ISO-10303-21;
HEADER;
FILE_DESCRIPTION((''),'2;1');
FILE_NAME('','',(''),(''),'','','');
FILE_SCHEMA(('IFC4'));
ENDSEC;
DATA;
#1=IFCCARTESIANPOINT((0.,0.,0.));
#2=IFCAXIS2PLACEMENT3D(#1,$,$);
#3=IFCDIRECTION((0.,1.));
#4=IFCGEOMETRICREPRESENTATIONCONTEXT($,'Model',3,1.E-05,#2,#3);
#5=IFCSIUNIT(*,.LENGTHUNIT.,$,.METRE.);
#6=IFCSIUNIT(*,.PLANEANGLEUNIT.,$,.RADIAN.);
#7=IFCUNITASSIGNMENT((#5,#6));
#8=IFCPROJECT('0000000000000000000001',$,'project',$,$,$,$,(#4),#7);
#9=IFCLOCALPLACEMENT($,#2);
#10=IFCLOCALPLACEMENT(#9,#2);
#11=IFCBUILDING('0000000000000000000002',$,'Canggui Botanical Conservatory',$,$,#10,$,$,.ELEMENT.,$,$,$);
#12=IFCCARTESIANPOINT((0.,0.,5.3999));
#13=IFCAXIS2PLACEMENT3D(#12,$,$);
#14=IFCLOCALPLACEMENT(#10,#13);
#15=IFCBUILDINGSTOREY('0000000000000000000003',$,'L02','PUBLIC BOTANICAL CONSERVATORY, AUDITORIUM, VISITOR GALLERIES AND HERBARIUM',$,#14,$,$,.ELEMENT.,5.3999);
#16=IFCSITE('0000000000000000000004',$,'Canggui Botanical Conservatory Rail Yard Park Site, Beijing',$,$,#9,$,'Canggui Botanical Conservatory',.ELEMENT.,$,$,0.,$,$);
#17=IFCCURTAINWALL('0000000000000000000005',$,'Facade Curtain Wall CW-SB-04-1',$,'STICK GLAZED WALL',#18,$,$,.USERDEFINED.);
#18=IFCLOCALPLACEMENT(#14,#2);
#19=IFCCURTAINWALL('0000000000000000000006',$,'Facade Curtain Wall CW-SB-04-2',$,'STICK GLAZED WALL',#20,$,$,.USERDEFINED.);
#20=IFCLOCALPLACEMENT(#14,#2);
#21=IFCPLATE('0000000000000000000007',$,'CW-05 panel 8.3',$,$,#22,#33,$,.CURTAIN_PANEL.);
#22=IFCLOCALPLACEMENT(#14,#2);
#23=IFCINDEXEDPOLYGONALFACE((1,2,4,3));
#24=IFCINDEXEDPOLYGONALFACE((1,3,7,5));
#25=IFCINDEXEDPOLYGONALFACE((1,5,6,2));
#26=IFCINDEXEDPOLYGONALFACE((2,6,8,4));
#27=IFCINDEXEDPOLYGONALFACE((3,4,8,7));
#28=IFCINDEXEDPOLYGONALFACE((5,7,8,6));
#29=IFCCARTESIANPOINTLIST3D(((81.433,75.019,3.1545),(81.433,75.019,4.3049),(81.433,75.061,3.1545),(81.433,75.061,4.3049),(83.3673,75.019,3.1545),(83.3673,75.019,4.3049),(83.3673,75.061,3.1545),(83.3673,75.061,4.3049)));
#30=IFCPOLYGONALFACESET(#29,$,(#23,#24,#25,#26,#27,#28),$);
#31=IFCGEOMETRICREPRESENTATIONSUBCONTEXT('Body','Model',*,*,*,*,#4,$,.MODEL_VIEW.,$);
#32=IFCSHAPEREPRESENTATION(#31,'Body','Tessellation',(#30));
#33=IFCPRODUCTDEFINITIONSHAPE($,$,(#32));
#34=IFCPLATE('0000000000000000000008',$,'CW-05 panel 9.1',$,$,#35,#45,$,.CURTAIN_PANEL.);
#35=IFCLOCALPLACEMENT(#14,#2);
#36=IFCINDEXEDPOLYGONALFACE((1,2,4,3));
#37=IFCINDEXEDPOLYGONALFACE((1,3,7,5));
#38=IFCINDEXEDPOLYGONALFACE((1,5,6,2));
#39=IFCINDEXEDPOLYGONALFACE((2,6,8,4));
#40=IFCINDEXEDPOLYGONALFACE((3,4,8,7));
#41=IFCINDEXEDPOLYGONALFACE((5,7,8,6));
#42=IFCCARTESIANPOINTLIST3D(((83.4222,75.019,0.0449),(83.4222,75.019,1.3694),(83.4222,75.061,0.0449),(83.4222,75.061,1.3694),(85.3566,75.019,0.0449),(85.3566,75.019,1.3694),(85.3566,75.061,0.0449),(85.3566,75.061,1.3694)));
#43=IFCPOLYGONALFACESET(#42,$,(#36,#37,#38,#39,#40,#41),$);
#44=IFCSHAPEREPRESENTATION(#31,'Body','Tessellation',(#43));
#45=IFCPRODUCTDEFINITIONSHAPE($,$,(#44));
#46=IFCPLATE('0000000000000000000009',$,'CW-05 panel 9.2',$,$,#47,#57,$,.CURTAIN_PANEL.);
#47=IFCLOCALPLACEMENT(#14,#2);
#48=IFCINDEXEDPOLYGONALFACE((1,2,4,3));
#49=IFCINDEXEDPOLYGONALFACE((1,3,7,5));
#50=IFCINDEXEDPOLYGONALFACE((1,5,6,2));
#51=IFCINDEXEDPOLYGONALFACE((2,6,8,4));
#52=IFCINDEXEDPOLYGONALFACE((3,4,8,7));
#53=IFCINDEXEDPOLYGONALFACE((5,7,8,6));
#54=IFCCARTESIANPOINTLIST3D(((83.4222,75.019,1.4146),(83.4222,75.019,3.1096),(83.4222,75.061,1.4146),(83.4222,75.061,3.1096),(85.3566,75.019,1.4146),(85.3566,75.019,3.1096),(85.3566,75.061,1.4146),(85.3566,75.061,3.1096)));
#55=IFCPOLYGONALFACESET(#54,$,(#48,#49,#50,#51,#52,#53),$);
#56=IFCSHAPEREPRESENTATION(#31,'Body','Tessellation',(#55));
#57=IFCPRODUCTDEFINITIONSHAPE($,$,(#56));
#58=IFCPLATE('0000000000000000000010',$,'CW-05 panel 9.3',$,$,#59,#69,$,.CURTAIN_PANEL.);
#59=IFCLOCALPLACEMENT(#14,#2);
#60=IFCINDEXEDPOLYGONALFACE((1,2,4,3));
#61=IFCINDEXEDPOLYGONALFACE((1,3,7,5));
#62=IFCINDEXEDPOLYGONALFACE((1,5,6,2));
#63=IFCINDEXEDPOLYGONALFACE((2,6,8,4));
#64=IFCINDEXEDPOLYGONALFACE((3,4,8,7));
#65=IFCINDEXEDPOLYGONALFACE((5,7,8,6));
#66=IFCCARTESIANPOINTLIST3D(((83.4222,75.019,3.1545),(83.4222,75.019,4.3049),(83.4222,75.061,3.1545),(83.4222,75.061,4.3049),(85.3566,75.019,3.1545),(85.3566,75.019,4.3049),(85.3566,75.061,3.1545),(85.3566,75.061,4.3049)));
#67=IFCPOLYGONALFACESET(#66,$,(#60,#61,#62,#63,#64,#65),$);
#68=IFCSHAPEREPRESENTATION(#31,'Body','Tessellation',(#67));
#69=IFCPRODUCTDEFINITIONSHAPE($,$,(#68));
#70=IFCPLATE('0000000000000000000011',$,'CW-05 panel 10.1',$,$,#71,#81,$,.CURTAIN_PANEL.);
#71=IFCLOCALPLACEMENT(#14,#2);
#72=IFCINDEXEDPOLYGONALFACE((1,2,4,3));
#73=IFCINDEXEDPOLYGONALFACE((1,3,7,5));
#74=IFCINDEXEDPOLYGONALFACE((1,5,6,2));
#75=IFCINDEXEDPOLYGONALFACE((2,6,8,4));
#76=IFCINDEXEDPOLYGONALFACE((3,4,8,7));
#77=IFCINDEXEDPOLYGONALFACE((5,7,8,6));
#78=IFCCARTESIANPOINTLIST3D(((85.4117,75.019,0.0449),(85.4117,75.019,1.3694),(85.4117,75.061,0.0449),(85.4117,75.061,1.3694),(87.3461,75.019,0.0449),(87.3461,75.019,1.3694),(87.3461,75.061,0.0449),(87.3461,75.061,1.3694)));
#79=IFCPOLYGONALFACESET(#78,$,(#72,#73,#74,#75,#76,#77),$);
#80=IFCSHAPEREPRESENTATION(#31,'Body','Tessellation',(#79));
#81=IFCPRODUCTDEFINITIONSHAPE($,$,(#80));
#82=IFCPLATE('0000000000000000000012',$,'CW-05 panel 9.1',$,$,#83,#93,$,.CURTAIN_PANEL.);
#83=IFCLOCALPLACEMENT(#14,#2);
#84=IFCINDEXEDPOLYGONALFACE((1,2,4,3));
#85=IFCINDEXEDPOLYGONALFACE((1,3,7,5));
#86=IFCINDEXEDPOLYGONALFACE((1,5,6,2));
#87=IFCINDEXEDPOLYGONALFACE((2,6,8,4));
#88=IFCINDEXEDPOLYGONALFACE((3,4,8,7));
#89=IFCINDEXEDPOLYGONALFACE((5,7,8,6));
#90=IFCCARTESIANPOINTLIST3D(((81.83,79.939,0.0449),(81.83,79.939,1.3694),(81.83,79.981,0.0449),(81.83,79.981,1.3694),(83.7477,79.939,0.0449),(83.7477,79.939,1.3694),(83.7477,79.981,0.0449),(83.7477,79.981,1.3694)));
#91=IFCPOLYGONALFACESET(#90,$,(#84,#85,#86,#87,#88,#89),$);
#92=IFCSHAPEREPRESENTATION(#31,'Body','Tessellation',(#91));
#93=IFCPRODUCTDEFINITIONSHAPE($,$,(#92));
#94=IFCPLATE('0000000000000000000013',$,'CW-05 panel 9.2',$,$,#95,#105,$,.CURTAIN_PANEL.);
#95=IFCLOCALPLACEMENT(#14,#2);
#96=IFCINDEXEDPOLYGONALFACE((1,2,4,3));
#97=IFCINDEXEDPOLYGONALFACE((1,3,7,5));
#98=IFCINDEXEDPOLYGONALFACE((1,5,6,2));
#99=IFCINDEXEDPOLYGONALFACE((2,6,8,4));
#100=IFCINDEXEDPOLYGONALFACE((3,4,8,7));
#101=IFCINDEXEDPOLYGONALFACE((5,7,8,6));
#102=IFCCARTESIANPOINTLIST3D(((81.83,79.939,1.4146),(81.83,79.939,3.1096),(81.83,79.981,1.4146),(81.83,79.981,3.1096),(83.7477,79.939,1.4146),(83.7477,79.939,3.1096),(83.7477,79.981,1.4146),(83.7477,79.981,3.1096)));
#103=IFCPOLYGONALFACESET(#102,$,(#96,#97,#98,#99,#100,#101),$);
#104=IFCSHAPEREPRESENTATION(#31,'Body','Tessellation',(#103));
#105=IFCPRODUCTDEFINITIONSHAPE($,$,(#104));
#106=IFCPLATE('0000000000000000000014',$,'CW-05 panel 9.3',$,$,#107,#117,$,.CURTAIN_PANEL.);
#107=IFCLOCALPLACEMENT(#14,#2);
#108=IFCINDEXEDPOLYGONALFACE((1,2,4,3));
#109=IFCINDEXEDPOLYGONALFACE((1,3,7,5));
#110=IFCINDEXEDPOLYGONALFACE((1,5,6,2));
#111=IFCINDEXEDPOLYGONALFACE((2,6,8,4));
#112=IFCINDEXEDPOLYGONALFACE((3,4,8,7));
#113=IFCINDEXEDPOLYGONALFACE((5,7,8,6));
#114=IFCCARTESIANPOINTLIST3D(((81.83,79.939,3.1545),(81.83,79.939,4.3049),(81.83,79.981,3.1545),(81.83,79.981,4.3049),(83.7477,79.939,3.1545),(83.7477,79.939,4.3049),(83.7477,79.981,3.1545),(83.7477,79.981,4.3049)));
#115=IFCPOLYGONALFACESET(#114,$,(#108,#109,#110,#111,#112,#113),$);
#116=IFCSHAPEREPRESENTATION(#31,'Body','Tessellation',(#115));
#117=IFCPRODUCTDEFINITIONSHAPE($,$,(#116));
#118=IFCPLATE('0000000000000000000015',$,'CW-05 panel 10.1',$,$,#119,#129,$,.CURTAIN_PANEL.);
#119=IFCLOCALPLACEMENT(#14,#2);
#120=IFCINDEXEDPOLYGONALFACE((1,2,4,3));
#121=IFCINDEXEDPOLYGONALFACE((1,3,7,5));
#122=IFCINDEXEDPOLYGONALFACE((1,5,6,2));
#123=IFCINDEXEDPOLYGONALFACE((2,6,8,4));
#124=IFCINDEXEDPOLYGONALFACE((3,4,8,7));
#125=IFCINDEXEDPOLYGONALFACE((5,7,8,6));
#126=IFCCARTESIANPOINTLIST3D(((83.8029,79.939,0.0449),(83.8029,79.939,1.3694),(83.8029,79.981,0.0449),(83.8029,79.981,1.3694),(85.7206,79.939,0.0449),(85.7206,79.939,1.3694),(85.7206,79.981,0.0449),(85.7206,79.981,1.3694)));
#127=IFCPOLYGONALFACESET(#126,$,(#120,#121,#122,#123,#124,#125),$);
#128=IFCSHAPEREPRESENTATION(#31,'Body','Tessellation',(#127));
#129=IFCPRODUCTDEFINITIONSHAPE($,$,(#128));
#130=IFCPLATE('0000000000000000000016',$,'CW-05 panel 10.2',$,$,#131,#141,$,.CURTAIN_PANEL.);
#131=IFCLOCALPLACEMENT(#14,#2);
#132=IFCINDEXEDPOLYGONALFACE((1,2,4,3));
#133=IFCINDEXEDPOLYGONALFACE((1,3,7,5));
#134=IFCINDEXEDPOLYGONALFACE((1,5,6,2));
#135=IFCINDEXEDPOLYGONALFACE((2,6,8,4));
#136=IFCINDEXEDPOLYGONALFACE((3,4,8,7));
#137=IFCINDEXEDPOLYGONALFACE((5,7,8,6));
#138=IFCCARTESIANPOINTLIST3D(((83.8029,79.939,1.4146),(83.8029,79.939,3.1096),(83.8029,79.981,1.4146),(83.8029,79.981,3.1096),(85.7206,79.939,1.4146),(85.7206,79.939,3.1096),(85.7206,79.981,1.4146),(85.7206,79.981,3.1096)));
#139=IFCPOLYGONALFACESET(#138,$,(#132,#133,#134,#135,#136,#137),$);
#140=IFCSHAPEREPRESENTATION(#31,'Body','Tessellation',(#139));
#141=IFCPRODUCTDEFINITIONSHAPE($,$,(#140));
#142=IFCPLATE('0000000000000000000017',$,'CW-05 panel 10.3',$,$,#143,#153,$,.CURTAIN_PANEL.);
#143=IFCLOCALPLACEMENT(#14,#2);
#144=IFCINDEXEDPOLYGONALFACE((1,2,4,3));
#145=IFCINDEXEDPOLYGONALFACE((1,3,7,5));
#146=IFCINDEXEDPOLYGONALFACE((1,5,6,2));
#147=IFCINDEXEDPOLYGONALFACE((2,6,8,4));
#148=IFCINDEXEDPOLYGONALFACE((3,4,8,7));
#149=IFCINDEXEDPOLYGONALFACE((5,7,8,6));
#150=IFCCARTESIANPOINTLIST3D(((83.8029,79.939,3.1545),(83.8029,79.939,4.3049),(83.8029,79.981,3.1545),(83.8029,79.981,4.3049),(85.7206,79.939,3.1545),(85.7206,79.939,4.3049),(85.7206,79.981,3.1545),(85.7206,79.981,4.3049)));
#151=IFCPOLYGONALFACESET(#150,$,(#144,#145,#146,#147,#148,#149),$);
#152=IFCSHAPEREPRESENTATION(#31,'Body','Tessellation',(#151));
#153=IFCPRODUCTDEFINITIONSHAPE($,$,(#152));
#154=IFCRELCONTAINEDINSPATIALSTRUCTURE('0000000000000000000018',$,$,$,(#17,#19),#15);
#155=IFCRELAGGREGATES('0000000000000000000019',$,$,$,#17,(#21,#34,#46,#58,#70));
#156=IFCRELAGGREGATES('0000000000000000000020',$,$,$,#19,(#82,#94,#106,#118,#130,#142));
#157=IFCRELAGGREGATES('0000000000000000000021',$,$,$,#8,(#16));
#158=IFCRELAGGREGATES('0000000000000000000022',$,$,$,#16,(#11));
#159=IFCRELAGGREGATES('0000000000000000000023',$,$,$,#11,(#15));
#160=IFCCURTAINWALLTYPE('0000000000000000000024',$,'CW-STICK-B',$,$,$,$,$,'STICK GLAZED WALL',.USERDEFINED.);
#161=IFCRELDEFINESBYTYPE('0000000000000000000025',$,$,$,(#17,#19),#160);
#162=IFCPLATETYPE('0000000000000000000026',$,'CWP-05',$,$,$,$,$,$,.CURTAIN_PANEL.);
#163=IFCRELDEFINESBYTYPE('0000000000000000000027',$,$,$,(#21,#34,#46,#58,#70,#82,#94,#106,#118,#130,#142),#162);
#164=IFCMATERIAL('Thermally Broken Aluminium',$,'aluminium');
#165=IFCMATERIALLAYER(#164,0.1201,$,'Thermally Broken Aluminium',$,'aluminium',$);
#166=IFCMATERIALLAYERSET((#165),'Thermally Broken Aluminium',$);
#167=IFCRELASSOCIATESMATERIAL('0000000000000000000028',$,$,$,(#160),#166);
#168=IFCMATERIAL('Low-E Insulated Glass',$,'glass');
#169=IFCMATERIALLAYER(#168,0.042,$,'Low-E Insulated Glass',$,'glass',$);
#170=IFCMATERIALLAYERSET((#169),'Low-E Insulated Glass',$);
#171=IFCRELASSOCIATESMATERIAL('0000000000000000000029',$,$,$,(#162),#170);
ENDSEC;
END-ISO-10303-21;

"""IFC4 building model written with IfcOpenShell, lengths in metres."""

from ifc_helpers import new_model, si_unit, direction, frame, origin, origin_2d, place, context, subcontext, project, spatial, rectangle, extrude, material, layer, layer_set, type_object, element, aggregate, save


model = new_model("IFC4")

# Units and contexts
model_context = context("Model", 3, precision=1e-05, world=origin(), true_north=direction((0.0, 1.0)))
body_context = subcontext(model_context, "Body", "Model", "MODEL_VIEW")
ifc_project = project(units=[si_unit("LENGTHUNIT", "METRE"), si_unit("PLANEANGLEUNIT", "RADIAN")], contexts=[model_context])

# Site, building, storey
site_placement = place(None, origin())
site = spatial("IfcSite", under=ifc_project, at=site_placement, Name="Canggui Botanical Conservatory Rail Yard Park Site, Beijing", LongName="Canggui Botanical Conservatory", CompositionType="ELEMENT", RefElevation=0.0)
building_placement = place(site_placement, origin())
building = spatial("IfcBuilding", under=site, at=building_placement, Name="Canggui Botanical Conservatory", CompositionType="ELEMENT")
storey_placement = place(building_placement, frame((0.0, 0.0, 5.3999)))
storey = spatial("IfcBuildingStorey", under=building, at=storey_placement, Name="L02", Description="PUBLIC BOTANICAL CONSERVATORY, AUDITORIUM, VISITOR GALLERIES AND HERBARIUM", CompositionType="ELEMENT", Elevation=5.3999)

# Curtain walls
ifc_material_1 = material(Name="Thermally Broken Aluminium", Category="aluminium")
ifc_layer_1 = layer(ifc_material_1, 0.1201, Name="Thermally Broken Aluminium", Category="aluminium")
ifc_layer_set_1 = layer_set([ifc_layer_1], Name="Thermally Broken Aluminium")
curtain_wall_type = type_object("IfcCurtainWallType", Name="CW-STICK-B", ElementType="STICK GLAZED WALL", PredefinedType="USERDEFINED", material=ifc_layer_set_1)
curtain_wall_1_placement = place(storey_placement, origin())
curtain_wall_1 = element("IfcCurtainWall", 1, at=curtain_wall_1_placement, inside=storey, type_object=curtain_wall_type, Name="Facade Curtain Wall CW-SB-04-1", ObjectType="STICK GLAZED WALL", PredefinedType="USERDEFINED")
curtain_wall_2_placement = place(storey_placement, origin())
curtain_wall_2 = element("IfcCurtainWall", 2, at=curtain_wall_2_placement, inside=storey, type_object=curtain_wall_type, Name="Facade Curtain Wall CW-SB-04-2", ObjectType="STICK GLAZED WALL", PredefinedType="USERDEFINED")

# Plates
ifc_material_2 = material(Name="Low-E Insulated Glass", Category="glass")
ifc_layer_2 = layer(ifc_material_2, 0.042, Name="Low-E Insulated Glass", Category="glass")
ifc_layer_set_2 = layer_set([ifc_layer_2], Name="Low-E Insulated Glass")
plate_type = type_object("IfcPlateType", Name="CWP-05", PredefinedType="CURTAIN_PANEL", material=ifc_layer_set_2)
plate_1_placement = place(storey_placement, frame((82.4001, 75.04, 3.1545), z_axis=(0.0, 0.0, 1.0), x_axis=(1.0, 0.0, 0.0)))
plate_1 = element("IfcPlate", 3, at=plate_1_placement, type_object=plate_type, Name="CW-05 panel 8.3", PredefinedType="CURTAIN_PANEL", context=body_context, shape_type="SweptSolid", body=[
    extrude(rectangle(XDim=1.9343, YDim=0.042, at=origin_2d()), origin(), (0.0, 0.0, 1.0), 1.1504),
])
plate_2_placement = place(storey_placement, frame((84.3894, 75.04, 0.0449), z_axis=(0.0, 0.0, 1.0), x_axis=(1.0, 0.0, 0.0)))
plate_2 = element("IfcPlate", 4, at=plate_2_placement, type_object=plate_type, Name="CW-05 panel 9.1", PredefinedType="CURTAIN_PANEL", context=body_context, shape_type="SweptSolid", body=[
    extrude(rectangle(XDim=1.9343, YDim=0.042, at=origin_2d()), origin(), (0.0, 0.0, 1.0), 1.3245),
])
plate_3_placement = place(storey_placement, frame((84.3894, 75.04, 1.4146), z_axis=(0.0, 0.0, 1.0), x_axis=(1.0, 0.0, 0.0)))
plate_3 = element("IfcPlate", 5, at=plate_3_placement, type_object=plate_type, Name="CW-05 panel 9.2", PredefinedType="CURTAIN_PANEL", context=body_context, shape_type="SweptSolid", body=[
    extrude(rectangle(XDim=1.9343, YDim=0.042, at=origin_2d()), origin(), (0.0, 0.0, 1.0), 1.6951),
])
plate_4_placement = place(storey_placement, frame((84.3894, 75.04, 3.1545), z_axis=(0.0, 0.0, 1.0), x_axis=(1.0, 0.0, 0.0)))
plate_4 = element("IfcPlate", 6, at=plate_4_placement, type_object=plate_type, Name="CW-05 panel 9.3", PredefinedType="CURTAIN_PANEL", context=body_context, shape_type="SweptSolid", body=[
    extrude(rectangle(XDim=1.9343, YDim=0.042, at=origin_2d()), origin(), (0.0, 0.0, 1.0), 1.1504),
])
plate_5_placement = place(storey_placement, frame((86.3789, 75.04, 0.0449), z_axis=(0.0, 0.0, 1.0), x_axis=(1.0, 0.0, 0.0)))
plate_5 = element("IfcPlate", 7, at=plate_5_placement, type_object=plate_type, Name="CW-05 panel 10.1", PredefinedType="CURTAIN_PANEL", context=body_context, shape_type="SweptSolid", body=[
    extrude(rectangle(XDim=1.9343, YDim=0.042, at=origin_2d()), origin(), (0.0, 0.0, 1.0), 1.3245),
])
aggregate(curtain_wall_1, [plate_1, plate_2, plate_3, plate_4, plate_5])
plate_6_placement = place(storey_placement, frame((82.7888, 79.96, 0.0449), z_axis=(0.0, 0.0, 1.0), x_axis=(1.0, 0.0, 0.0)))
plate_6 = element("IfcPlate", 8, at=plate_6_placement, type_object=plate_type, Name="CW-05 panel 9.1", PredefinedType="CURTAIN_PANEL", context=body_context, shape_type="SweptSolid", body=[
    extrude(rectangle(XDim=1.9177, YDim=0.042, at=origin_2d()), origin(), (0.0, 0.0, 1.0), 1.3245),
])
plate_7_placement = place(storey_placement, frame((82.7888, 79.96, 1.4146), z_axis=(0.0, 0.0, 1.0), x_axis=(1.0, 0.0, 0.0)))
plate_7 = element("IfcPlate", 9, at=plate_7_placement, type_object=plate_type, Name="CW-05 panel 9.2", PredefinedType="CURTAIN_PANEL", context=body_context, shape_type="SweptSolid", body=[
    extrude(rectangle(XDim=1.9177, YDim=0.042, at=origin_2d()), origin(), (0.0, 0.0, 1.0), 1.6951),
])
plate_8_placement = place(storey_placement, frame((82.7888, 79.96, 3.1545), z_axis=(0.0, 0.0, 1.0), x_axis=(1.0, 0.0, 0.0)))
plate_8 = element("IfcPlate", 10, at=plate_8_placement, type_object=plate_type, Name="CW-05 panel 9.3", PredefinedType="CURTAIN_PANEL", context=body_context, shape_type="SweptSolid", body=[
    extrude(rectangle(XDim=1.9177, YDim=0.042, at=origin_2d()), origin(), (0.0, 0.0, 1.0), 1.1504),
])
plate_9_placement = place(storey_placement, frame((84.7617, 79.96, 0.0449), z_axis=(0.0, 0.0, 1.0), x_axis=(1.0, 0.0, 0.0)))
plate_9 = element("IfcPlate", 11, at=plate_9_placement, type_object=plate_type, Name="CW-05 panel 10.1", PredefinedType="CURTAIN_PANEL", context=body_context, shape_type="SweptSolid", body=[
    extrude(rectangle(XDim=1.9177, YDim=0.042, at=origin_2d()), origin(), (0.0, 0.0, 1.0), 1.3245),
])
plate_10_placement = place(storey_placement, frame((84.7617, 79.96, 1.4146), z_axis=(0.0, 0.0, 1.0), x_axis=(1.0, 0.0, 0.0)))
plate_10 = element("IfcPlate", 12, at=plate_10_placement, type_object=plate_type, Name="CW-05 panel 10.2", PredefinedType="CURTAIN_PANEL", context=body_context, shape_type="SweptSolid", body=[
    extrude(rectangle(XDim=1.9177, YDim=0.042, at=origin_2d()), origin(), (0.0, 0.0, 1.0), 1.6951),
])
plate_11_placement = place(storey_placement, frame((84.7617, 79.96, 3.1545), z_axis=(0.0, 0.0, 1.0), x_axis=(1.0, 0.0, 0.0)))
plate_11 = element("IfcPlate", 13, at=plate_11_placement, type_object=plate_type, Name="CW-05 panel 10.3", PredefinedType="CURTAIN_PANEL", context=body_context, shape_type="SweptSolid", body=[
    extrude(rectangle(XDim=1.9177, YDim=0.042, at=origin_2d()), origin(), (0.0, 0.0, 1.0), 1.1504),
])
aggregate(curtain_wall_2, [plate_6, plate_7, plate_8, plate_9, plate_10, plate_11])

save(model, "model.ifc")
